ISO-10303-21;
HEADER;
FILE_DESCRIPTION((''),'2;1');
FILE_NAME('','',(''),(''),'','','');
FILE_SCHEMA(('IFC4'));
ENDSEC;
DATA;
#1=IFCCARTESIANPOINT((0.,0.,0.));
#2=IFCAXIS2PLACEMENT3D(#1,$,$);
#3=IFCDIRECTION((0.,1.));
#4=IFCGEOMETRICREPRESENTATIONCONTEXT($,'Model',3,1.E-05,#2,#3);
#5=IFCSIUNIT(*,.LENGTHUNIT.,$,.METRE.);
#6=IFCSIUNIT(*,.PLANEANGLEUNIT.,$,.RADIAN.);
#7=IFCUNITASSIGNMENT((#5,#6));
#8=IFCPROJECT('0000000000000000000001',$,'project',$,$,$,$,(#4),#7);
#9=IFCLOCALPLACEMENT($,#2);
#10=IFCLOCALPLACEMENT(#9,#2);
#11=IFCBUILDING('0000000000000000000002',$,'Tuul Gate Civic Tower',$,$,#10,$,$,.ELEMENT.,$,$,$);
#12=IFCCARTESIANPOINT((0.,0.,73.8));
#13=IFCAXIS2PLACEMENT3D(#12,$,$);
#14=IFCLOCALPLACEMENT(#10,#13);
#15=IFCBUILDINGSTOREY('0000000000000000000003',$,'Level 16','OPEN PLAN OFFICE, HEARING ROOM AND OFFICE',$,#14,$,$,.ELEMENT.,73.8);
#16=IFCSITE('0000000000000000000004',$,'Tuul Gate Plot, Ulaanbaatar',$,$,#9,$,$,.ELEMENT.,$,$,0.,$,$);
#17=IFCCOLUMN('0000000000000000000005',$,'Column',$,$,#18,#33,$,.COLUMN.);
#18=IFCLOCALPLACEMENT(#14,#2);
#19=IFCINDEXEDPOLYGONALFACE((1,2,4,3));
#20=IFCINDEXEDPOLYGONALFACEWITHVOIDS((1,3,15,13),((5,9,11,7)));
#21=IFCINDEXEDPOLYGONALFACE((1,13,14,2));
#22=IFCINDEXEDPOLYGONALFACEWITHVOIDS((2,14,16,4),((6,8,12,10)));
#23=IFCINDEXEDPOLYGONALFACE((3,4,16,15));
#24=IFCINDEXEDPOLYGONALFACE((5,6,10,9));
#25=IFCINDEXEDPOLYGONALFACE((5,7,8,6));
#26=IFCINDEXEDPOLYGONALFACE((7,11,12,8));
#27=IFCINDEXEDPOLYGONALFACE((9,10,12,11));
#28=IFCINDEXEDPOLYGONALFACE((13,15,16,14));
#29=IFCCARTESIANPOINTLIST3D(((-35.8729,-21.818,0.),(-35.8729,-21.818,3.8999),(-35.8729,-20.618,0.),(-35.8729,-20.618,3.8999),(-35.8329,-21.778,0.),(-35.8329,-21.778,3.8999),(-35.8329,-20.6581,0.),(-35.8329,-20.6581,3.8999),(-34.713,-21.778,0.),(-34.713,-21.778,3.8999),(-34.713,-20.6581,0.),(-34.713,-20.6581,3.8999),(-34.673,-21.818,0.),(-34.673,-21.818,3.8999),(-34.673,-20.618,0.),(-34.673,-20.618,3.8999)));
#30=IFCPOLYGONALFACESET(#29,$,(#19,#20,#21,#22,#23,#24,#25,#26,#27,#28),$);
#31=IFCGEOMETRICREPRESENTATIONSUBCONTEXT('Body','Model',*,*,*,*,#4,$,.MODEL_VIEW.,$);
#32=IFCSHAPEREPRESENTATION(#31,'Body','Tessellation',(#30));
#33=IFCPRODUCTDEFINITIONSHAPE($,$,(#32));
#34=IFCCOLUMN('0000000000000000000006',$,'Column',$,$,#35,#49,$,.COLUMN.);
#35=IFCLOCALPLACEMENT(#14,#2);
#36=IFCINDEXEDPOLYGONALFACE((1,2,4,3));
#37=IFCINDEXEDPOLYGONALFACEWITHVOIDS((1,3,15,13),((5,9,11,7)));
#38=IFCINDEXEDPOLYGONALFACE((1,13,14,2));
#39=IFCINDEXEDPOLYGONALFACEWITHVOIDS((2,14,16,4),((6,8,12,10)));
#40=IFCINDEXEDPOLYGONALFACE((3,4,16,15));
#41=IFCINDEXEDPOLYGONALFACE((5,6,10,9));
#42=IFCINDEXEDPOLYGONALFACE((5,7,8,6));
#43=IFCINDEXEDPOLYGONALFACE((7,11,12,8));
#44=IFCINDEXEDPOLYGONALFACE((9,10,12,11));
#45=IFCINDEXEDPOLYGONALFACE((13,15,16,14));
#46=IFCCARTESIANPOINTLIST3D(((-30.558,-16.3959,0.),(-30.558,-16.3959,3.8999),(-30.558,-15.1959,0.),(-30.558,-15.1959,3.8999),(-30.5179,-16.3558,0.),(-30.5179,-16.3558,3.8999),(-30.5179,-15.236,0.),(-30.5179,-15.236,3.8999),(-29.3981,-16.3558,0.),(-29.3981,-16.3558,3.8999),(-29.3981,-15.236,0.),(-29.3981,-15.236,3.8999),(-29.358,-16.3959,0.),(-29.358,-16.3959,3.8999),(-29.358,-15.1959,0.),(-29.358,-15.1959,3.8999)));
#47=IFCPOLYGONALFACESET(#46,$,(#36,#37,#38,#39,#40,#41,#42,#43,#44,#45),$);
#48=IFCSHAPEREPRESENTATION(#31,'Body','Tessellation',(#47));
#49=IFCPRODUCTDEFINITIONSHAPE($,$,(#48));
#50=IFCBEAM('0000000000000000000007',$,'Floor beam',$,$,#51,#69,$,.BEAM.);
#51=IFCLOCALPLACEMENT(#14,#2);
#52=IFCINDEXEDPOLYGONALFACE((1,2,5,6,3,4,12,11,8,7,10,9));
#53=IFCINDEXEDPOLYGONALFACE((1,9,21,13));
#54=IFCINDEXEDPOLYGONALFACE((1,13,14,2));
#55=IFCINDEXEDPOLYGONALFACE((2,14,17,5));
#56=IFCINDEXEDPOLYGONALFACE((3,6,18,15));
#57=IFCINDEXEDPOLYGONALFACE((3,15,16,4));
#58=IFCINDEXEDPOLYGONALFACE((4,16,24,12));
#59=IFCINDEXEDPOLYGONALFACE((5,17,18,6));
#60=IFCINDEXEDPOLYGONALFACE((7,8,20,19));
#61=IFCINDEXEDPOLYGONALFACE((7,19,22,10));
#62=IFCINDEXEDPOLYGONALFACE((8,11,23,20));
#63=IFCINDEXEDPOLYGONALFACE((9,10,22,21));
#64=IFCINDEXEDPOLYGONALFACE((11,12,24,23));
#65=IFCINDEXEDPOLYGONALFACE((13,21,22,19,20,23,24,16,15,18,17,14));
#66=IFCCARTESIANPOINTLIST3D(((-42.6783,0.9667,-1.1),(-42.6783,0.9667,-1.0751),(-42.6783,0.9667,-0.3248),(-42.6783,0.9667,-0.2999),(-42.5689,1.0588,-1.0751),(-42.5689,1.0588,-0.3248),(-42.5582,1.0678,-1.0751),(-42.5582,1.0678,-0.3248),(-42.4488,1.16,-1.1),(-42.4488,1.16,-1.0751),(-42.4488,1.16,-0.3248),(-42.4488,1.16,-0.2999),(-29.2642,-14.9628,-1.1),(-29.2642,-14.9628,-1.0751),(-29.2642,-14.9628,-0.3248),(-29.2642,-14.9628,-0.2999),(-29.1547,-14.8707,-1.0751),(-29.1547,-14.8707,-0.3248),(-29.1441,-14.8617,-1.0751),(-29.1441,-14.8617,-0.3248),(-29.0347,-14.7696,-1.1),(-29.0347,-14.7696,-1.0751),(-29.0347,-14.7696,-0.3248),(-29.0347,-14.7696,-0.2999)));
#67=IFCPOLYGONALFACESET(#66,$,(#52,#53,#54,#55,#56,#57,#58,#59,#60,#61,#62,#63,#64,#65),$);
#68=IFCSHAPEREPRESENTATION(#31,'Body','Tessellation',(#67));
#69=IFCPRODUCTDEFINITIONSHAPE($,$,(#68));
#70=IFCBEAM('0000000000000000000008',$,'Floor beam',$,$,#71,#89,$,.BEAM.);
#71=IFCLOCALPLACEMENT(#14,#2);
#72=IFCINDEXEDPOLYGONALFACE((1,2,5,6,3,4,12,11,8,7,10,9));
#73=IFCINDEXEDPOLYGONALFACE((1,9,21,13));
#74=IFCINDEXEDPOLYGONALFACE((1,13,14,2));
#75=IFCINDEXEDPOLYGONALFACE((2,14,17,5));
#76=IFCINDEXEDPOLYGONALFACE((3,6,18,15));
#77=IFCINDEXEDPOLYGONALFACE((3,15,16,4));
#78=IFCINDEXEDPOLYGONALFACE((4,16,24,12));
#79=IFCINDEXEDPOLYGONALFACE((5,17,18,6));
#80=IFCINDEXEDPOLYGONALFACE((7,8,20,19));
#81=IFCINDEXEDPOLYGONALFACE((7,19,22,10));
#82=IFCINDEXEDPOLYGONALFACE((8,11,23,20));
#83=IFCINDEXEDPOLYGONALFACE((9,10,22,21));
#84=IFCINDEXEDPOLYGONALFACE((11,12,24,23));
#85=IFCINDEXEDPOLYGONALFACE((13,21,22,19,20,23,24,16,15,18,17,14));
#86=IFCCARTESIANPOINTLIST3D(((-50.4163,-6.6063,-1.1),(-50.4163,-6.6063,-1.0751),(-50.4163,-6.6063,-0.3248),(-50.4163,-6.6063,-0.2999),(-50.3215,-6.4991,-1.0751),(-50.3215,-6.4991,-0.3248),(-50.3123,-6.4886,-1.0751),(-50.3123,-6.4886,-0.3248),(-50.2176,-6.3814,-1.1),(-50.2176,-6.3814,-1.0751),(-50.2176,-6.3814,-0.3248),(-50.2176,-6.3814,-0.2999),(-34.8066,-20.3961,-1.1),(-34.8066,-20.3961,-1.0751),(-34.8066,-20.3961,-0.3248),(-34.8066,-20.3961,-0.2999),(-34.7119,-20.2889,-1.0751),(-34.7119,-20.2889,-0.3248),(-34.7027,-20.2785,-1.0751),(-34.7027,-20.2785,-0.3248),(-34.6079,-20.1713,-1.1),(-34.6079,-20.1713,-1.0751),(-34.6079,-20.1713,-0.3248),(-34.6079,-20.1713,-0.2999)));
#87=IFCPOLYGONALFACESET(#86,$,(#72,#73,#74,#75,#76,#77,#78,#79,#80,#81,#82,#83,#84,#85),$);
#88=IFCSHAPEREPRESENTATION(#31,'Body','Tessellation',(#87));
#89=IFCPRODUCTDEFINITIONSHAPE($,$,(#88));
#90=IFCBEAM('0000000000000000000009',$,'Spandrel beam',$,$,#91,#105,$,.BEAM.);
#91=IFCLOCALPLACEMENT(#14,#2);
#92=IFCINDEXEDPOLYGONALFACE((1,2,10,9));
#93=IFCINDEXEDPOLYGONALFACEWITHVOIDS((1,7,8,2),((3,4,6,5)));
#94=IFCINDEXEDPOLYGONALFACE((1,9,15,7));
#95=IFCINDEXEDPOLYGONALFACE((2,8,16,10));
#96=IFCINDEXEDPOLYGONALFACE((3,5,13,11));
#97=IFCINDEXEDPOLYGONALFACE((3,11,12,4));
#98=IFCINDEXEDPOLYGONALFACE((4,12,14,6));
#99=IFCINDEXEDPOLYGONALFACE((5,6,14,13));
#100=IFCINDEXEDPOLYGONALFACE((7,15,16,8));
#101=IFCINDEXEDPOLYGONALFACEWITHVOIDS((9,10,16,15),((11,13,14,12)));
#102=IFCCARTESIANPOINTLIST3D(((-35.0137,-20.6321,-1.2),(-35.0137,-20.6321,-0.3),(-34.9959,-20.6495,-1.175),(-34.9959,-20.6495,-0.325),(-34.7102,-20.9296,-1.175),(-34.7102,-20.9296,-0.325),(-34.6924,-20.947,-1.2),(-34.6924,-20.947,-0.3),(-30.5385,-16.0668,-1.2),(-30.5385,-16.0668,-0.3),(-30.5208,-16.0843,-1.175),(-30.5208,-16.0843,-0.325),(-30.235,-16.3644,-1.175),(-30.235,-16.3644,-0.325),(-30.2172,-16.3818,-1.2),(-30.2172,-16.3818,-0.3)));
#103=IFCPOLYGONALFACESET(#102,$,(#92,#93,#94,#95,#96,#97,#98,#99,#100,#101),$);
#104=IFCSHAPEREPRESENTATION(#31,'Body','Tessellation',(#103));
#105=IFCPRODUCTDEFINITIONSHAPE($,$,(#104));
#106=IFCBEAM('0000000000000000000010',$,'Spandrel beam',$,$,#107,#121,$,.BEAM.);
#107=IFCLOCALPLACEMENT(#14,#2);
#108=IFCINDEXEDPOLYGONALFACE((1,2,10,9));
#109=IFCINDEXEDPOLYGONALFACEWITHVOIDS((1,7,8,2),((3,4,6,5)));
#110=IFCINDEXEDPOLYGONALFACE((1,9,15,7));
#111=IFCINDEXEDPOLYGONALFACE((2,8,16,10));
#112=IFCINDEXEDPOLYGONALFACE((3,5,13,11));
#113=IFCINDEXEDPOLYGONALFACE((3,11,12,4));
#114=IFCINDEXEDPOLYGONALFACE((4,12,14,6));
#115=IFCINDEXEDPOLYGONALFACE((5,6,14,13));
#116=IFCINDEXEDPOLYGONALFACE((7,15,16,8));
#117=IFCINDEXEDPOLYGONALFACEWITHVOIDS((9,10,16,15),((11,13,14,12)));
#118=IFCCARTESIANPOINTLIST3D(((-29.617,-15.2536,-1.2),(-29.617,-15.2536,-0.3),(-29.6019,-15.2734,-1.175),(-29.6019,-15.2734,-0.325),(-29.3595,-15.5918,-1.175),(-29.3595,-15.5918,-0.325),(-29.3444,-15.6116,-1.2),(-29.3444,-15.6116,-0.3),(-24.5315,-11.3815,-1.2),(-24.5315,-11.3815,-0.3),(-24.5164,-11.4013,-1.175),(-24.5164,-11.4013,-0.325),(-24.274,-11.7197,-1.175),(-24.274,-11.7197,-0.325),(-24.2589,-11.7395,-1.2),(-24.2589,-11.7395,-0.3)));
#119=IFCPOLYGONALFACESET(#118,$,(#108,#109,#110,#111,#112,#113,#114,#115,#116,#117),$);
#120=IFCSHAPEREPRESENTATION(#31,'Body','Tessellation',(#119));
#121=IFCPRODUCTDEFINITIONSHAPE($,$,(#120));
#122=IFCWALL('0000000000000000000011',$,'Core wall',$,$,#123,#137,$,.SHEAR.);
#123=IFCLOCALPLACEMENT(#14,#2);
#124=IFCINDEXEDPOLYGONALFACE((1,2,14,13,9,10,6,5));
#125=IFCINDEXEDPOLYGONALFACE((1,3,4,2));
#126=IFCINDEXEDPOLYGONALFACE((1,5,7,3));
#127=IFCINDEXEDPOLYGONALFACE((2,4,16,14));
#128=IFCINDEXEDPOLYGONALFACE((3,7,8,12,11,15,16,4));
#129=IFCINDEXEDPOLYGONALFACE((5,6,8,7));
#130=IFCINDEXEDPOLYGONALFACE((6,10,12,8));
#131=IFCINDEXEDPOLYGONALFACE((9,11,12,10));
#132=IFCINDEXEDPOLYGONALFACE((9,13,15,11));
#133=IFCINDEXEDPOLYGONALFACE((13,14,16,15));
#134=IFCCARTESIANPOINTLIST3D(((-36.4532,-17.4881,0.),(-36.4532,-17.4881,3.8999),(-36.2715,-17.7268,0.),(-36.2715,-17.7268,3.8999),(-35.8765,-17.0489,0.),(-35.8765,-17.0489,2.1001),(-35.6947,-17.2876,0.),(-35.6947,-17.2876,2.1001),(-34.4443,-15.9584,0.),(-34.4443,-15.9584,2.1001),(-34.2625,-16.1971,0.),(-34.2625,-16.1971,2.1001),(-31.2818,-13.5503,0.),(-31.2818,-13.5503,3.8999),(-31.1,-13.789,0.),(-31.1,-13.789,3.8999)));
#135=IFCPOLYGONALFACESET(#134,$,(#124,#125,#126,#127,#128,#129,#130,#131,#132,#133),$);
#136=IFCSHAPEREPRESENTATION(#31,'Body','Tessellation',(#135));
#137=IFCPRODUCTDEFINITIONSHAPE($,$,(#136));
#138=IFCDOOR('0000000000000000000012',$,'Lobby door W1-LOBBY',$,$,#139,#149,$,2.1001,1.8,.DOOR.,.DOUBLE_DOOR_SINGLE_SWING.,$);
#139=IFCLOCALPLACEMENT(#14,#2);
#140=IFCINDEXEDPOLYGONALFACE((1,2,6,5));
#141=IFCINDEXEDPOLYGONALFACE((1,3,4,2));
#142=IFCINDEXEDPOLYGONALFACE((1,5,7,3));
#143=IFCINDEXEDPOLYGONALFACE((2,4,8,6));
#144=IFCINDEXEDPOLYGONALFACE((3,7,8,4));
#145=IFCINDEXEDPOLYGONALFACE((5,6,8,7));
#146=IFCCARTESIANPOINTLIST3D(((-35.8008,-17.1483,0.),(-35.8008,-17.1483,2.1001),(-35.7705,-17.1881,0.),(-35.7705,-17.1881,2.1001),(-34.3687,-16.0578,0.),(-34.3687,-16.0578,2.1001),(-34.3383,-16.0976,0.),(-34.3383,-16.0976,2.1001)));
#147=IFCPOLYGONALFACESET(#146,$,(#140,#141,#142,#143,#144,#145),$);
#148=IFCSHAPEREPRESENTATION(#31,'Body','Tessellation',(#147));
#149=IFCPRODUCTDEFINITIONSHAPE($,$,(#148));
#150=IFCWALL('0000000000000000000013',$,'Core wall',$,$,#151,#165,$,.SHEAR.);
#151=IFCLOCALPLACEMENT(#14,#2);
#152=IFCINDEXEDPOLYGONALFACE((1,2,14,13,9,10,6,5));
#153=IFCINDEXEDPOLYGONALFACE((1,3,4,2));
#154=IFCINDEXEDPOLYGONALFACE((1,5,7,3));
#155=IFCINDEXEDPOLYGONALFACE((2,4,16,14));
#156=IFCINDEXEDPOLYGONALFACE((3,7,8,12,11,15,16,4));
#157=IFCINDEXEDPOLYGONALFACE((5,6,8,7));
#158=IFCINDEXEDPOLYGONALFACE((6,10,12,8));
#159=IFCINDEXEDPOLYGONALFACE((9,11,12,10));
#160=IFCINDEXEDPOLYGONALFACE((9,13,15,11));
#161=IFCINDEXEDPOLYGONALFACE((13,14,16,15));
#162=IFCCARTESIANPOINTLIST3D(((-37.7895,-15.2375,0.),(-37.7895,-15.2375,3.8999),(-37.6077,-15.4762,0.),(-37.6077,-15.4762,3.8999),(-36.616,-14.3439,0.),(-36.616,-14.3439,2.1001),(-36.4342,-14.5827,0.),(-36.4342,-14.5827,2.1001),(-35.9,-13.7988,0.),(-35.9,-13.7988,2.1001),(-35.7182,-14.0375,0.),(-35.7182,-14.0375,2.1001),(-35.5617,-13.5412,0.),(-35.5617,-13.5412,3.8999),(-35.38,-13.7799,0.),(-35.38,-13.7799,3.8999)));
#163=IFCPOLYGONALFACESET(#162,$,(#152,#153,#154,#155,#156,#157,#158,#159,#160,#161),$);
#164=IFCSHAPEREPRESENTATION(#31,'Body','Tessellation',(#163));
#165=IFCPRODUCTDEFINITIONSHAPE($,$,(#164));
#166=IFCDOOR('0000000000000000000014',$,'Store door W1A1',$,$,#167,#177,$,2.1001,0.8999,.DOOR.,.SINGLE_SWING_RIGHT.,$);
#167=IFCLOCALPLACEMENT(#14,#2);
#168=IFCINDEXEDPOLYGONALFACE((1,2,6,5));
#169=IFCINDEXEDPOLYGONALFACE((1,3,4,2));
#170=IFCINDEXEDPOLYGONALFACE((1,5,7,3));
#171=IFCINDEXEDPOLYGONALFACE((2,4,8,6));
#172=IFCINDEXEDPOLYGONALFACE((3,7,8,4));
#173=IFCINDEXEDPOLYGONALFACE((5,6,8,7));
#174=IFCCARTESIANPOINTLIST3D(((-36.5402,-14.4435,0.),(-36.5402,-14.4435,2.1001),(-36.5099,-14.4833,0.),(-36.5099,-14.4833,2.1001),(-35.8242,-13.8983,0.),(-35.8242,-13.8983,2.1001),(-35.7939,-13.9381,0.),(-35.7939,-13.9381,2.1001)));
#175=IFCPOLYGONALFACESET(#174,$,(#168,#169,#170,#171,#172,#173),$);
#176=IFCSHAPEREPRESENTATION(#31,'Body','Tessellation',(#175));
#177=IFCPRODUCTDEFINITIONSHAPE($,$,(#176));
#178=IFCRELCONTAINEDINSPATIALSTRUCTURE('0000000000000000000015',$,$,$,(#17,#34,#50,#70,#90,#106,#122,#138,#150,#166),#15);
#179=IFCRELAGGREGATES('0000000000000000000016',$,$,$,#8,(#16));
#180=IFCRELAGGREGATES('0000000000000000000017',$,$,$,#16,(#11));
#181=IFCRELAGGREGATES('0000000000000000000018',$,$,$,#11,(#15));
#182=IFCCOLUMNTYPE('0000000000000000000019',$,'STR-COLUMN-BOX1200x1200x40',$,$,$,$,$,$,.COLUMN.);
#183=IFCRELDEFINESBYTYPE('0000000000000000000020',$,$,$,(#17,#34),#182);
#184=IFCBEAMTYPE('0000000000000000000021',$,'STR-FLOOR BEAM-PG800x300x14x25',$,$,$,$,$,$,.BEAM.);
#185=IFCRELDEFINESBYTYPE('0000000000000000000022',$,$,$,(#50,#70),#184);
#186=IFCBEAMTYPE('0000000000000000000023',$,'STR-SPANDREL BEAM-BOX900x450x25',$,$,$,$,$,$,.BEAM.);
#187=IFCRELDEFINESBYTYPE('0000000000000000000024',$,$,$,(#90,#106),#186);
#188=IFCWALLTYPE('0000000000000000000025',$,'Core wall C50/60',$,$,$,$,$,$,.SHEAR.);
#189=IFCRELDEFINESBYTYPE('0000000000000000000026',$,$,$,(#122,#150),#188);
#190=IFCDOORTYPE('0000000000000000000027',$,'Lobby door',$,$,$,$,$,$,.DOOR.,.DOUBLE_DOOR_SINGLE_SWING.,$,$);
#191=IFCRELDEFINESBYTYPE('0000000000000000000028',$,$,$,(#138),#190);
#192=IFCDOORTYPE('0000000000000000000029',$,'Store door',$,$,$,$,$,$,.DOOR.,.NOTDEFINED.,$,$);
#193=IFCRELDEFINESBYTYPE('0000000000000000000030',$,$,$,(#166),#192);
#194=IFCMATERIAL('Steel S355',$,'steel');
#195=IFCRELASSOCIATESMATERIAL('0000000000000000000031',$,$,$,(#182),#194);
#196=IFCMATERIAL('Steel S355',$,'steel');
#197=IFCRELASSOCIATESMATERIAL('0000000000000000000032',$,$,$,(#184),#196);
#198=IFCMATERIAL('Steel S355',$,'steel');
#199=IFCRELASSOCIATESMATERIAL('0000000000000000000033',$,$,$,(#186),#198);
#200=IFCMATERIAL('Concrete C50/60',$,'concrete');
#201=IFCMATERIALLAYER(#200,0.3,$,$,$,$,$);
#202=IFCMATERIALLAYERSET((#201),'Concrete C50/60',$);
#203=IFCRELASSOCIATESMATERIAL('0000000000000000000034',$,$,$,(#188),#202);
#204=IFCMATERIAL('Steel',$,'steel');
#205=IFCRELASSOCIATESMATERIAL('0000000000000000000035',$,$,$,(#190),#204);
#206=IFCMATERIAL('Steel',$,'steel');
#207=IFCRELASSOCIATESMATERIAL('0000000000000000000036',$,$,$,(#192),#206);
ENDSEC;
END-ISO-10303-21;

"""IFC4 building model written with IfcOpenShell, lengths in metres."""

from ifc_helpers import new_model, si_unit, direction, frame, frame_2d, origin, origin_2d, place, context, subcontext, project, spatial, rectangle, hollow_rectangle, i_section, extrude, material, layer, layer_set, material_profile, profile_set, type_object, element, fill, save


model = new_model("IFC4")

# Units and contexts
model_context = context("Model", 3, precision=1e-05, world=origin(), true_north=direction((0.0, 1.0)))
body_context = subcontext(model_context, "Body", "Model", "MODEL_VIEW")
ifc_project = project(units=[si_unit("LENGTHUNIT", "METRE"), si_unit("PLANEANGLEUNIT", "RADIAN")], contexts=[model_context])

# Site, building, storey
site_placement = place(None, origin())
site = spatial("IfcSite", under=ifc_project, at=site_placement, Name="Tuul Gate Plot, Ulaanbaatar", CompositionType="ELEMENT", RefElevation=0.0)
building_placement = place(site_placement, origin())
building = spatial("IfcBuilding", under=site, at=building_placement, Name="Tuul Gate Civic Tower", CompositionType="ELEMENT")
storey_placement = place(building_placement, frame((0.0, 0.0, 73.8)))
storey = spatial("IfcBuildingStorey", under=building, at=storey_placement, Name="Level 16", Description="OPEN PLAN OFFICE, HEARING ROOM AND OFFICE", CompositionType="ELEMENT", Elevation=73.8)

# Columns
ifc_material_1 = material(Name="Steel S355", Category="steel")
ifc_material_profile_1 = material_profile(ifc_material_1, hollow_rectangle(XDim=1.2, YDim=1.2, WallThickness=0.04, at=origin_2d()), Name="BOX1200x1200x40")
ifc_profile_set_1 = profile_set([ifc_material_profile_1], Name="Steel S355")
column_type = type_object("IfcColumnType", Name="STR-COLUMN-BOX1200x1200x40", PredefinedType="COLUMN", material=ifc_profile_set_1)
for number, where, z_axis, x_axis, name in (
    (1, (-35.2729, -21.218, 0.0), (0.0, 0.0, 1.0), (1.0, 0.0, 0.0), "Column"),
    (2, (-29.958, -15.7959, 0.0), (0.0, 0.0, 1.0), (1.0, 0.0, 0.0), "Column"),
):
    element("IfcColumn", number, at=place(storey_placement, frame(where, z_axis=z_axis, x_axis=x_axis)), inside=storey, type_object=column_type, Name=name, PredefinedType="COLUMN", context=body_context, shape_type="SweptSolid", body=[
        extrude(hollow_rectangle(XDim=1.2, YDim=1.2, WallThickness=0.04, at=origin_2d()), origin(), (0.0, 0.0, 1.0), 3.8999),
    ])

# Beams
ifc_material_2 = material(Name="Steel S355", Category="steel")
ifc_material_profile_2 = material_profile(ifc_material_2, i_section(OverallWidth=0.3, OverallDepth=0.8, WebThickness=0.0139, FlangeThickness=0.0249, at=origin_2d()), Name="PG800x300x14x25")
ifc_profile_set_2 = profile_set([ifc_material_profile_2], Name="Steel S355")
beam_type_1 = type_object("IfcBeamType", Name="STR-FLOOR BEAM-PG800x300x14x25", PredefinedType="BEAM", material=ifc_profile_set_2)
beam_1_placement = place(storey_placement, frame((-29.1494, -14.8662, -0.7), z_axis=(-0.64413, 0.764916, 0.0), x_axis=(-0.764916, -0.64413, 0.0)))
element("IfcBeam", 3, at=beam_1_placement, inside=storey, type_object=beam_type_1, Name="Floor beam", PredefinedType="BEAM", context=body_context, shape_type="SweptSolid", body=[
    extrude(i_section(OverallWidth=0.3, OverallDepth=0.8, WebThickness=0.0139, FlangeThickness=0.0249, at=origin_2d()), origin(), (0.0, 0.0, 1.0), 20.8252),
])
beam_2_placement = place(storey_placement, frame((-34.7073, -20.2837, -0.7), z_axis=(-0.749442, 0.66207, 0.0), x_axis=(-0.66207, -0.749442, 0.0)))
element("IfcBeam", 4, at=beam_2_placement, inside=storey, type_object=beam_type_1, Name="Floor beam", PredefinedType="BEAM", context=body_context, shape_type="SweptSolid", body=[
    extrude(i_section(OverallWidth=0.3, OverallDepth=0.8, WebThickness=0.0139, FlangeThickness=0.0249, at=origin_2d()), origin(), (0.0, 0.0, 1.0), 20.8284),
])
ifc_material_3 = material(Name="Steel S355", Category="steel")
ifc_material_profile_3 = material_profile(ifc_material_3, hollow_rectangle(XDim=0.45, YDim=0.8999, WallThickness=0.0249, at=origin_2d()), Name="BOX900x450x25")
ifc_profile_set_3 = profile_set([ifc_material_profile_3], Name="Steel S355")
beam_type_2 = type_object("IfcBeamType", Name="STR-SPANDREL BEAM-BOX900x450x25", PredefinedType="BEAM", material=ifc_profile_set_3)
beam_3_placement = place(storey_placement, frame((-34.853, -20.7896, -0.75), z_axis=(0.700026, 0.714118, 0.0), x_axis=(-0.714118, 0.700026, 0.0)))
element("IfcBeam", 5, at=beam_3_placement, inside=storey, type_object=beam_type_2, Name="Spandrel beam", PredefinedType="BEAM", context=body_context, shape_type="SweptSolid", body=[
    extrude(hollow_rectangle(XDim=0.45, YDim=0.8999, WallThickness=0.0249, at=origin_2d()), origin(), (0.0, 0.0, 1.0), 6.3928),
])
beam_4_placement = place(storey_placement, frame((-29.4807, -15.4326, -0.75), z_axis=(0.795625, 0.60579, 0.0), x_axis=(-0.60579, 0.795625, 0.0)))
element("IfcBeam", 6, at=beam_4_placement, inside=storey, type_object=beam_type_2, Name="Spandrel beam", PredefinedType="BEAM", context=body_context, shape_type="SweptSolid", body=[
    extrude(hollow_rectangle(XDim=0.45, YDim=0.8999, WallThickness=0.0249, at=origin_2d()), origin(), (0.0, 0.0, 1.0), 6.3918),
])

# Walls, openings, doors
ifc_material_4 = material(Name="Concrete C50/60", Category="concrete")
ifc_layer_1 = layer(ifc_material_4, 0.3)
ifc_layer_set_1 = layer_set([ifc_layer_1], Name="Concrete C50/60")
wall_type_1 = type_object("IfcWallType", Name="Core wall C50/60", PredefinedType="SHEAR", material=ifc_layer_set_1)
wall_1_placement = place(storey_placement, frame((-31.1909, -13.6697, 0.0), z_axis=(0.0, 0.0, 1.0), x_axis=(-0.795607, -0.605813, 0.0)))
wall_1 = element("IfcWall", 7, at=wall_1_placement, inside=storey, type_object=wall_type_1, Name="Core wall", PredefinedType="SHEAR", context=body_context, shape_type="SweptSolid", body=[
    extrude(rectangle(XDim=6.5, YDim=0.3, at=frame_2d((3.25, 0.0))), origin(), (0.0, 0.0, 1.0), 3.8999),
])
opening_1_placement = place(wall_1_placement, frame((3.9751, 0.0, 0.0)))
opening_1 = element("IfcOpeningElement", 8, at=opening_1_placement, cuts=wall_1, PredefinedType="OPENING", context=body_context, shape_type="SweptSolid", body=[
    extrude(rectangle(XDim=1.8, YDim=2.1001, at=frame_2d((0.8999, 1.05))), frame((0.0, 0.1602, 0.0), z_axis=(0.0, -1.0, 0.0), x_axis=(1.0, 0.0, 0.0)), (0.0, 0.0, 1.0), 0.3201),
])
ifc_material_5 = material(Name="Steel", Category="steel")
door_type_1 = type_object("IfcDoorType", Name="Lobby door", OperationType="DOUBLE_DOOR_SINGLE_SWING", PredefinedType="DOOR", material=ifc_material_5)
door_1_placement = place(opening_1_placement, origin())
door_1 = element("IfcDoor", 9, at=door_1_placement, inside=storey, type_object=door_type_1, Name="Lobby door W1-LOBBY", OperationType="DOUBLE_DOOR_SINGLE_SWING", OverallHeight=2.1001, OverallWidth=1.8, PredefinedType="DOOR", context=body_context, shape_type="SweptSolid", body=[
    extrude(rectangle(XDim=1.8, YDim=2.1001, at=frame_2d((0.8999, 1.05))), frame((0.0, 0.0249, 0.0), z_axis=(0.0, -1.0, 0.0), x_axis=(1.0, 0.0, 0.0)), (0.0, 0.0, 1.0), 0.05),
])
fill(opening_1, door_1)
wall_2_placement = place(storey_placement, frame((-35.4709, -13.6606, 0.0), z_axis=(0.0, 0.0, 1.0), x_axis=(-0.795616, -0.605802, 0.0)))
wall_2 = element("IfcWall", 10, at=wall_2_placement, inside=storey, type_object=wall_type_1, Name="Core wall", PredefinedType="SHEAR", context=body_context, shape_type="SweptSolid", body=[
    extrude(rectangle(XDim=2.8, YDim=0.3, at=frame_2d((1.3999, 0.0))), origin(), (0.0, 0.0, 1.0), 3.8999),
])
opening_2_placement = place(wall_2_placement, frame((0.425, 0.0, 0.0)))
opening_2 = element("IfcOpeningElement", 11, at=opening_2_placement, cuts=wall_2, PredefinedType="OPENING", context=body_context, shape_type="SweptSolid", body=[
    extrude(rectangle(XDim=0.8999, YDim=2.1001, at=frame_2d((0.45, 1.05))), frame((0.0, 0.1602, 0.0), z_axis=(0.0, -1.0, 0.0), x_axis=(1.0, 0.0, 0.0)), (0.0, 0.0, 1.0), 0.3201),
])
ifc_material_6 = material(Name="Steel", Category="steel")
door_type_2 = type_object("IfcDoorType", Name="Store door", OperationType="NOTDEFINED", PredefinedType="DOOR", material=ifc_material_6)
door_2_placement = place(opening_2_placement, frame((0.8999, 0.0, 0.0), z_axis=(0.0, 0.0, 1.0), x_axis=(-1.0, 0.0, 0.0)))
door_2 = element("IfcDoor", 12, at=door_2_placement, inside=storey, type_object=door_type_2, Name="Store door W1A1", OperationType="SINGLE_SWING_RIGHT", OverallHeight=2.1001, OverallWidth=0.8999, PredefinedType="DOOR", context=body_context, shape_type="SweptSolid", body=[
    extrude(rectangle(XDim=0.8999, YDim=2.1001, at=frame_2d((0.45, 1.05))), frame((0.0, 0.0249, 0.0), z_axis=(0.0, -1.0, 0.0), x_axis=(1.0, 0.0, 0.0)), (0.0, 0.0, 1.0), 0.05),
])
fill(opening_2, door_2)

save(model, "model.ifc")
